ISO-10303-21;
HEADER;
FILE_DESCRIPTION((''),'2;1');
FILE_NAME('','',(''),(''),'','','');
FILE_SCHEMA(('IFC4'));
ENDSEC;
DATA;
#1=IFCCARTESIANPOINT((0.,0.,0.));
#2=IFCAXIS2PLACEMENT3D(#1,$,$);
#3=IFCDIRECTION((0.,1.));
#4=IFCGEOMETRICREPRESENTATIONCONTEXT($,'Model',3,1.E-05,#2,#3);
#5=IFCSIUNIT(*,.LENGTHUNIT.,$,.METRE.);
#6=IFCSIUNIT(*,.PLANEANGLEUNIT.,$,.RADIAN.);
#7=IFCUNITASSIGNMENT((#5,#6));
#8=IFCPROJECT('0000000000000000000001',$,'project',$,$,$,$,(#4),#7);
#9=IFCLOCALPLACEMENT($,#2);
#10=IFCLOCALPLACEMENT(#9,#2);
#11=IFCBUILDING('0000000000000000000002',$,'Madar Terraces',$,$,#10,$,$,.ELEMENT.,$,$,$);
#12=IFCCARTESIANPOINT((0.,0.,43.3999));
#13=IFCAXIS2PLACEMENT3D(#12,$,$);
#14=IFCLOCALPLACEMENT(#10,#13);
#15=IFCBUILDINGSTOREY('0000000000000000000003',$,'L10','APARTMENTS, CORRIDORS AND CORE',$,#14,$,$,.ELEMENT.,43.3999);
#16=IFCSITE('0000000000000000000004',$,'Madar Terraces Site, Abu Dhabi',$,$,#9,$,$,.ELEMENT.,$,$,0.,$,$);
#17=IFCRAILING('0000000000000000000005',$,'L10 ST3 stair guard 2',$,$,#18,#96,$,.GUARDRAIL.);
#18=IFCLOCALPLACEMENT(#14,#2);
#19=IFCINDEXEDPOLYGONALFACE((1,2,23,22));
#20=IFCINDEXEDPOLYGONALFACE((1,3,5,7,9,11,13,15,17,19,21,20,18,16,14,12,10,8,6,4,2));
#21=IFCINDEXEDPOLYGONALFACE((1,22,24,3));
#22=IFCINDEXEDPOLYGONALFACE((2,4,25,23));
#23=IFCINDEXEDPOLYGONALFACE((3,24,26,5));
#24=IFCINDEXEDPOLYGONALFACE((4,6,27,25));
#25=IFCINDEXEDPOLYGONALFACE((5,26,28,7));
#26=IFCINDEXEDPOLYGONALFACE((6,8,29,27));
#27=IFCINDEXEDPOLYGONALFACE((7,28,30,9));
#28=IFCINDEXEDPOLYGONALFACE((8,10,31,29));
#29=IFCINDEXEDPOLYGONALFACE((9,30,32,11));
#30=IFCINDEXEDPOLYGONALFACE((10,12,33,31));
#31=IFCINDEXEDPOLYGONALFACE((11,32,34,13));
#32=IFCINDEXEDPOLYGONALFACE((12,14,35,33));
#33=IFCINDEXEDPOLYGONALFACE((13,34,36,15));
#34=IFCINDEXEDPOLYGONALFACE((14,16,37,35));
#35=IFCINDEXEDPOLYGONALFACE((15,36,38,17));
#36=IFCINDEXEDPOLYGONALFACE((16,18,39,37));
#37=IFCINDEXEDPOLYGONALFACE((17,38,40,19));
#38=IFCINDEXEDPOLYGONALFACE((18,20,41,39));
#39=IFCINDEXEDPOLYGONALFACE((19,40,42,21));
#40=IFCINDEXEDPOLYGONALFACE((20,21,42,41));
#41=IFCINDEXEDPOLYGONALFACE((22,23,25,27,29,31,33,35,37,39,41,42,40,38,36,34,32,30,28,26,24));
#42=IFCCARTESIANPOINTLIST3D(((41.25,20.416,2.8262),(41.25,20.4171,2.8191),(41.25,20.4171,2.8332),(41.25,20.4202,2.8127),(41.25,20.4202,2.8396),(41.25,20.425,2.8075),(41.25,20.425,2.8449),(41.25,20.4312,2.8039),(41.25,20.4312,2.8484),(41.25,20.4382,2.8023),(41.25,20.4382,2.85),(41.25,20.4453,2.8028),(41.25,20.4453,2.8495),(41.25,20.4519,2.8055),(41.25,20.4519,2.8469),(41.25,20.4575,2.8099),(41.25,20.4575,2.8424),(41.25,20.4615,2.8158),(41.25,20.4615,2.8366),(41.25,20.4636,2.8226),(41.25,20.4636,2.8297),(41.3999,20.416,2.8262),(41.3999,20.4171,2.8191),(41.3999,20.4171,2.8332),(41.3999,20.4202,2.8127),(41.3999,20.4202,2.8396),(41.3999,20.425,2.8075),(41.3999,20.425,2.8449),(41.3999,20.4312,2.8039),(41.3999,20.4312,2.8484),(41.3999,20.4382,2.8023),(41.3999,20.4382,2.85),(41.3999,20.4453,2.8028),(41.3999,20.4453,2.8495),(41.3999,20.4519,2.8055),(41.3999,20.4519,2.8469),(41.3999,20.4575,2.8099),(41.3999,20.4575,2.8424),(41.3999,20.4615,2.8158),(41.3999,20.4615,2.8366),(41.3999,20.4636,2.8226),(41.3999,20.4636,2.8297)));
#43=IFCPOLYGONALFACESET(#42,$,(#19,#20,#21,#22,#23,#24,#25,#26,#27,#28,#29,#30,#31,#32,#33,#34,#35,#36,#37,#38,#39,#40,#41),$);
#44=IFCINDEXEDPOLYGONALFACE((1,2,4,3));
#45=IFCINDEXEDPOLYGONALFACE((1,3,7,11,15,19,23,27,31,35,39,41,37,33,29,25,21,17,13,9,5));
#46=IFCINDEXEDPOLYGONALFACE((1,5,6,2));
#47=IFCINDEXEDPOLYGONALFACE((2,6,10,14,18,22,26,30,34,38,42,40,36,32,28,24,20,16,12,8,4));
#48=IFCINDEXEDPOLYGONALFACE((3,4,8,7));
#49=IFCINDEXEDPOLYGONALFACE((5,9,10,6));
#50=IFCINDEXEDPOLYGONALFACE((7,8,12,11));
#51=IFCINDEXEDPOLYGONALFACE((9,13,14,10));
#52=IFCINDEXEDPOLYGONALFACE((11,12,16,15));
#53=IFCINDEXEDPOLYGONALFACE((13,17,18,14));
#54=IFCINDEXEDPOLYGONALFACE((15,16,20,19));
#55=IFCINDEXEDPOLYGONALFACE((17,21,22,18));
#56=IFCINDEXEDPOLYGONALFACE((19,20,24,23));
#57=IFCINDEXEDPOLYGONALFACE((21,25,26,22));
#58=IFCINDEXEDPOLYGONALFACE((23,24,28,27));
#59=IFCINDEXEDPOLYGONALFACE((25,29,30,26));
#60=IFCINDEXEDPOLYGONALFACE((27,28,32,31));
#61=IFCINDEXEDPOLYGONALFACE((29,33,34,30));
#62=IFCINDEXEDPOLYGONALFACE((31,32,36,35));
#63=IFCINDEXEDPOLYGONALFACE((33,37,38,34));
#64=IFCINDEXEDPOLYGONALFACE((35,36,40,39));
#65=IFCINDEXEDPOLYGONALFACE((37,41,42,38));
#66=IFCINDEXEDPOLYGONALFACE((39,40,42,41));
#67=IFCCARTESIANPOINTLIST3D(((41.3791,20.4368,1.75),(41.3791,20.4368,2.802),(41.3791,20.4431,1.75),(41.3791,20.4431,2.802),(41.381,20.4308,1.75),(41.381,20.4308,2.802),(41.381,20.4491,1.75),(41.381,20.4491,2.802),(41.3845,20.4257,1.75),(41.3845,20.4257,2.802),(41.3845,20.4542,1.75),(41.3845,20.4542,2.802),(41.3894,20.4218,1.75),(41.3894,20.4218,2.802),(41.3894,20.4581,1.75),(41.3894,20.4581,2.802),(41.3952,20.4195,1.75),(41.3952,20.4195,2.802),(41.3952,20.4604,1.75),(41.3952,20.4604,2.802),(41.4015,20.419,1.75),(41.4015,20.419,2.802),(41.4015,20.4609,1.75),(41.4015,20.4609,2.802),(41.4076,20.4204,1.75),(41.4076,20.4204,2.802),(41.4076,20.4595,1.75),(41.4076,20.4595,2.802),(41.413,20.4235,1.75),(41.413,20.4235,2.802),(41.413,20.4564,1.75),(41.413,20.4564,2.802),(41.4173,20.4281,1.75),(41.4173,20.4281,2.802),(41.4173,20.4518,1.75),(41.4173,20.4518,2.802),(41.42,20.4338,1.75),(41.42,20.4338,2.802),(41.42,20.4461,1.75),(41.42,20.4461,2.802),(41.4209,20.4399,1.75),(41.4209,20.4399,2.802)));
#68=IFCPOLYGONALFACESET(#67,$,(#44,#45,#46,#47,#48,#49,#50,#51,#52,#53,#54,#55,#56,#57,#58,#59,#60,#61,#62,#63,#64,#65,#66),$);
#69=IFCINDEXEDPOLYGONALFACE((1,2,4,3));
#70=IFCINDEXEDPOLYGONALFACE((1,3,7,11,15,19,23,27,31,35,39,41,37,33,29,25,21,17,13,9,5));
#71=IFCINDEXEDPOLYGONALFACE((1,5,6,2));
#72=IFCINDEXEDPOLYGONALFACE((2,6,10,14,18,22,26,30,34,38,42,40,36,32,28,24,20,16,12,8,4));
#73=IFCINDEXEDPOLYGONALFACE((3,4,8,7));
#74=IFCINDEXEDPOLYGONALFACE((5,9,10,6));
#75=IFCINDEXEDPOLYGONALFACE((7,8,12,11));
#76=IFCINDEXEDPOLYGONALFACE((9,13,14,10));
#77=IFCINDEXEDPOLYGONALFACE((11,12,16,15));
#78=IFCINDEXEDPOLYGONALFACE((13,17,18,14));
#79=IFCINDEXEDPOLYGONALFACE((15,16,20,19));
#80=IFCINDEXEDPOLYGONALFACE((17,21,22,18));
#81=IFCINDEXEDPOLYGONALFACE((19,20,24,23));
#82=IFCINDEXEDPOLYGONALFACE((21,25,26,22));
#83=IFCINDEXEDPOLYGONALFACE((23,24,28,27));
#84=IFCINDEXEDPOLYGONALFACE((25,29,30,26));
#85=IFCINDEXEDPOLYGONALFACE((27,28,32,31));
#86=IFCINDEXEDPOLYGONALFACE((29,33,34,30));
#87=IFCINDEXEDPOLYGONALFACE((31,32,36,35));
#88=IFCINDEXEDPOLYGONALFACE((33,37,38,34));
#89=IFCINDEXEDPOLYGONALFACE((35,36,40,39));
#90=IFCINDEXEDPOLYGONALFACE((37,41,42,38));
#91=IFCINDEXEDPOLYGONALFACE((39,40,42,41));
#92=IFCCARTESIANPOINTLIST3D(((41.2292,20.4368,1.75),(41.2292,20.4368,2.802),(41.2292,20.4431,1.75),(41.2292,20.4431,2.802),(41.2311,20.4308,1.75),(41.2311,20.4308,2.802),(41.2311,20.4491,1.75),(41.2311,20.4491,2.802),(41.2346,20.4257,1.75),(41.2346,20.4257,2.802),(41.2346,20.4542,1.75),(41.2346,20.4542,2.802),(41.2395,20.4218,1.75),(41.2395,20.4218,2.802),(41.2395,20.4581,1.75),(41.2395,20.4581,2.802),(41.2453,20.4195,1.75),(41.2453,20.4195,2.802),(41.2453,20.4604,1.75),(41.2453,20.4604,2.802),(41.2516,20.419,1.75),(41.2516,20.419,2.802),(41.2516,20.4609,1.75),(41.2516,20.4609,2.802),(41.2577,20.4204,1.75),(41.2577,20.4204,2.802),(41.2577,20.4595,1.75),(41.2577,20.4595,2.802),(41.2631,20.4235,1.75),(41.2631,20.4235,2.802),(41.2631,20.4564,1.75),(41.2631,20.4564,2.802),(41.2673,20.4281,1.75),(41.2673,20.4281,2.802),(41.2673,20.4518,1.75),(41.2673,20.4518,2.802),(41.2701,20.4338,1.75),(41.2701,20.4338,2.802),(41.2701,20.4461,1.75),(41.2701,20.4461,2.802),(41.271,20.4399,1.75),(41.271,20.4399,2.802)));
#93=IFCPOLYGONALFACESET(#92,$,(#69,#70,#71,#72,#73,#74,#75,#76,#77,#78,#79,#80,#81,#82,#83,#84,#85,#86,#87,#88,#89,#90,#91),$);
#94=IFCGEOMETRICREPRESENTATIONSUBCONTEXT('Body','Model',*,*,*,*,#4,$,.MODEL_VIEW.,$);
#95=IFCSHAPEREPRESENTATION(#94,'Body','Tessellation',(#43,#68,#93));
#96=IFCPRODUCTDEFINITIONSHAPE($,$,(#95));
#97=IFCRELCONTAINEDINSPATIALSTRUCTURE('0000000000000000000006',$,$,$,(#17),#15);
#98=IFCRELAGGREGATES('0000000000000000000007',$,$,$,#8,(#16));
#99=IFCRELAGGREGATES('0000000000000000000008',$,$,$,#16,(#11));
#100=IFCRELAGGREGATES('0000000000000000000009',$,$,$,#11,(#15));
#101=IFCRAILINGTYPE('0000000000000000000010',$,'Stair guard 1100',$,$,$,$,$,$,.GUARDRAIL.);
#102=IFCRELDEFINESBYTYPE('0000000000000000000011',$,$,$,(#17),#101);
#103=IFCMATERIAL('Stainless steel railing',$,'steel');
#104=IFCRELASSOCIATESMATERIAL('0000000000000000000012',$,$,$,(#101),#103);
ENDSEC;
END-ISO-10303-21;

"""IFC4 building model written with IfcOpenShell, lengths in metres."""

from ifc_helpers import new_model, si_unit, direction, frame, origin, origin_2d, place, context, subcontext, project, spatial, circle, extrude, material, type_object, element, save


model = new_model("IFC4")

# Units and contexts
model_context = context("Model", 3, precision=1e-05, world=origin(), true_north=direction((0.0, 1.0)))
body_context = subcontext(model_context, "Body", "Model", "MODEL_VIEW")
ifc_project = project(units=[si_unit("LENGTHUNIT", "METRE"), si_unit("PLANEANGLEUNIT", "RADIAN")], contexts=[model_context])

# Site, building, storey
site_placement = place(None, origin())
site = spatial("IfcSite", under=ifc_project, at=site_placement, Name="Madar Terraces Site, Abu Dhabi", CompositionType="ELEMENT", RefElevation=0.0)
building_placement = place(site_placement, origin())
building = spatial("IfcBuilding", under=site, at=building_placement, Name="Madar Terraces", CompositionType="ELEMENT")
storey_placement = place(building_placement, frame((0.0, 0.0, 43.3999)))
storey = spatial("IfcBuildingStorey", under=building, at=storey_placement, Name="L10", Description="APARTMENTS, CORRIDORS AND CORE", CompositionType="ELEMENT", Elevation=43.3999)

# Railing
ifc_material_1 = material(Name="Stainless steel railing", Category="steel")
railing_type_1 = type_object("IfcRailingType", Name="Stair guard 1100", PredefinedType="GUARDRAIL", material=ifc_material_1)
railing_1_placement = place(storey_placement, frame((41.3999, 20.4399, 1.75)))
element("IfcRailing", 1, at=railing_1_placement, inside=storey, type_object=railing_type_1, Name="L10 ST3 stair guard 2", PredefinedType="GUARDRAIL", context=body_context, shape_type="SweptSolid", body=[
    extrude(circle(Radius=0.0239, at=origin_2d()), frame((0.0, 0.0, 1.0762), z_axis=(-1.0, 0.0, 0.0), x_axis=(0.0, -1.0, 0.0)), (0.0, 0.0, 1.0), 0.1499),
    extrude(circle(Radius=0.021, at=origin_2d()), origin(), (0.0, 0.0, 1.0), 1.052),
    extrude(circle(Radius=0.021, at=origin_2d()), frame((-0.1499, 0.0, 0.0)), (0.0, 0.0, 1.0), 1.052),
])

save(model, "model.ifc")
